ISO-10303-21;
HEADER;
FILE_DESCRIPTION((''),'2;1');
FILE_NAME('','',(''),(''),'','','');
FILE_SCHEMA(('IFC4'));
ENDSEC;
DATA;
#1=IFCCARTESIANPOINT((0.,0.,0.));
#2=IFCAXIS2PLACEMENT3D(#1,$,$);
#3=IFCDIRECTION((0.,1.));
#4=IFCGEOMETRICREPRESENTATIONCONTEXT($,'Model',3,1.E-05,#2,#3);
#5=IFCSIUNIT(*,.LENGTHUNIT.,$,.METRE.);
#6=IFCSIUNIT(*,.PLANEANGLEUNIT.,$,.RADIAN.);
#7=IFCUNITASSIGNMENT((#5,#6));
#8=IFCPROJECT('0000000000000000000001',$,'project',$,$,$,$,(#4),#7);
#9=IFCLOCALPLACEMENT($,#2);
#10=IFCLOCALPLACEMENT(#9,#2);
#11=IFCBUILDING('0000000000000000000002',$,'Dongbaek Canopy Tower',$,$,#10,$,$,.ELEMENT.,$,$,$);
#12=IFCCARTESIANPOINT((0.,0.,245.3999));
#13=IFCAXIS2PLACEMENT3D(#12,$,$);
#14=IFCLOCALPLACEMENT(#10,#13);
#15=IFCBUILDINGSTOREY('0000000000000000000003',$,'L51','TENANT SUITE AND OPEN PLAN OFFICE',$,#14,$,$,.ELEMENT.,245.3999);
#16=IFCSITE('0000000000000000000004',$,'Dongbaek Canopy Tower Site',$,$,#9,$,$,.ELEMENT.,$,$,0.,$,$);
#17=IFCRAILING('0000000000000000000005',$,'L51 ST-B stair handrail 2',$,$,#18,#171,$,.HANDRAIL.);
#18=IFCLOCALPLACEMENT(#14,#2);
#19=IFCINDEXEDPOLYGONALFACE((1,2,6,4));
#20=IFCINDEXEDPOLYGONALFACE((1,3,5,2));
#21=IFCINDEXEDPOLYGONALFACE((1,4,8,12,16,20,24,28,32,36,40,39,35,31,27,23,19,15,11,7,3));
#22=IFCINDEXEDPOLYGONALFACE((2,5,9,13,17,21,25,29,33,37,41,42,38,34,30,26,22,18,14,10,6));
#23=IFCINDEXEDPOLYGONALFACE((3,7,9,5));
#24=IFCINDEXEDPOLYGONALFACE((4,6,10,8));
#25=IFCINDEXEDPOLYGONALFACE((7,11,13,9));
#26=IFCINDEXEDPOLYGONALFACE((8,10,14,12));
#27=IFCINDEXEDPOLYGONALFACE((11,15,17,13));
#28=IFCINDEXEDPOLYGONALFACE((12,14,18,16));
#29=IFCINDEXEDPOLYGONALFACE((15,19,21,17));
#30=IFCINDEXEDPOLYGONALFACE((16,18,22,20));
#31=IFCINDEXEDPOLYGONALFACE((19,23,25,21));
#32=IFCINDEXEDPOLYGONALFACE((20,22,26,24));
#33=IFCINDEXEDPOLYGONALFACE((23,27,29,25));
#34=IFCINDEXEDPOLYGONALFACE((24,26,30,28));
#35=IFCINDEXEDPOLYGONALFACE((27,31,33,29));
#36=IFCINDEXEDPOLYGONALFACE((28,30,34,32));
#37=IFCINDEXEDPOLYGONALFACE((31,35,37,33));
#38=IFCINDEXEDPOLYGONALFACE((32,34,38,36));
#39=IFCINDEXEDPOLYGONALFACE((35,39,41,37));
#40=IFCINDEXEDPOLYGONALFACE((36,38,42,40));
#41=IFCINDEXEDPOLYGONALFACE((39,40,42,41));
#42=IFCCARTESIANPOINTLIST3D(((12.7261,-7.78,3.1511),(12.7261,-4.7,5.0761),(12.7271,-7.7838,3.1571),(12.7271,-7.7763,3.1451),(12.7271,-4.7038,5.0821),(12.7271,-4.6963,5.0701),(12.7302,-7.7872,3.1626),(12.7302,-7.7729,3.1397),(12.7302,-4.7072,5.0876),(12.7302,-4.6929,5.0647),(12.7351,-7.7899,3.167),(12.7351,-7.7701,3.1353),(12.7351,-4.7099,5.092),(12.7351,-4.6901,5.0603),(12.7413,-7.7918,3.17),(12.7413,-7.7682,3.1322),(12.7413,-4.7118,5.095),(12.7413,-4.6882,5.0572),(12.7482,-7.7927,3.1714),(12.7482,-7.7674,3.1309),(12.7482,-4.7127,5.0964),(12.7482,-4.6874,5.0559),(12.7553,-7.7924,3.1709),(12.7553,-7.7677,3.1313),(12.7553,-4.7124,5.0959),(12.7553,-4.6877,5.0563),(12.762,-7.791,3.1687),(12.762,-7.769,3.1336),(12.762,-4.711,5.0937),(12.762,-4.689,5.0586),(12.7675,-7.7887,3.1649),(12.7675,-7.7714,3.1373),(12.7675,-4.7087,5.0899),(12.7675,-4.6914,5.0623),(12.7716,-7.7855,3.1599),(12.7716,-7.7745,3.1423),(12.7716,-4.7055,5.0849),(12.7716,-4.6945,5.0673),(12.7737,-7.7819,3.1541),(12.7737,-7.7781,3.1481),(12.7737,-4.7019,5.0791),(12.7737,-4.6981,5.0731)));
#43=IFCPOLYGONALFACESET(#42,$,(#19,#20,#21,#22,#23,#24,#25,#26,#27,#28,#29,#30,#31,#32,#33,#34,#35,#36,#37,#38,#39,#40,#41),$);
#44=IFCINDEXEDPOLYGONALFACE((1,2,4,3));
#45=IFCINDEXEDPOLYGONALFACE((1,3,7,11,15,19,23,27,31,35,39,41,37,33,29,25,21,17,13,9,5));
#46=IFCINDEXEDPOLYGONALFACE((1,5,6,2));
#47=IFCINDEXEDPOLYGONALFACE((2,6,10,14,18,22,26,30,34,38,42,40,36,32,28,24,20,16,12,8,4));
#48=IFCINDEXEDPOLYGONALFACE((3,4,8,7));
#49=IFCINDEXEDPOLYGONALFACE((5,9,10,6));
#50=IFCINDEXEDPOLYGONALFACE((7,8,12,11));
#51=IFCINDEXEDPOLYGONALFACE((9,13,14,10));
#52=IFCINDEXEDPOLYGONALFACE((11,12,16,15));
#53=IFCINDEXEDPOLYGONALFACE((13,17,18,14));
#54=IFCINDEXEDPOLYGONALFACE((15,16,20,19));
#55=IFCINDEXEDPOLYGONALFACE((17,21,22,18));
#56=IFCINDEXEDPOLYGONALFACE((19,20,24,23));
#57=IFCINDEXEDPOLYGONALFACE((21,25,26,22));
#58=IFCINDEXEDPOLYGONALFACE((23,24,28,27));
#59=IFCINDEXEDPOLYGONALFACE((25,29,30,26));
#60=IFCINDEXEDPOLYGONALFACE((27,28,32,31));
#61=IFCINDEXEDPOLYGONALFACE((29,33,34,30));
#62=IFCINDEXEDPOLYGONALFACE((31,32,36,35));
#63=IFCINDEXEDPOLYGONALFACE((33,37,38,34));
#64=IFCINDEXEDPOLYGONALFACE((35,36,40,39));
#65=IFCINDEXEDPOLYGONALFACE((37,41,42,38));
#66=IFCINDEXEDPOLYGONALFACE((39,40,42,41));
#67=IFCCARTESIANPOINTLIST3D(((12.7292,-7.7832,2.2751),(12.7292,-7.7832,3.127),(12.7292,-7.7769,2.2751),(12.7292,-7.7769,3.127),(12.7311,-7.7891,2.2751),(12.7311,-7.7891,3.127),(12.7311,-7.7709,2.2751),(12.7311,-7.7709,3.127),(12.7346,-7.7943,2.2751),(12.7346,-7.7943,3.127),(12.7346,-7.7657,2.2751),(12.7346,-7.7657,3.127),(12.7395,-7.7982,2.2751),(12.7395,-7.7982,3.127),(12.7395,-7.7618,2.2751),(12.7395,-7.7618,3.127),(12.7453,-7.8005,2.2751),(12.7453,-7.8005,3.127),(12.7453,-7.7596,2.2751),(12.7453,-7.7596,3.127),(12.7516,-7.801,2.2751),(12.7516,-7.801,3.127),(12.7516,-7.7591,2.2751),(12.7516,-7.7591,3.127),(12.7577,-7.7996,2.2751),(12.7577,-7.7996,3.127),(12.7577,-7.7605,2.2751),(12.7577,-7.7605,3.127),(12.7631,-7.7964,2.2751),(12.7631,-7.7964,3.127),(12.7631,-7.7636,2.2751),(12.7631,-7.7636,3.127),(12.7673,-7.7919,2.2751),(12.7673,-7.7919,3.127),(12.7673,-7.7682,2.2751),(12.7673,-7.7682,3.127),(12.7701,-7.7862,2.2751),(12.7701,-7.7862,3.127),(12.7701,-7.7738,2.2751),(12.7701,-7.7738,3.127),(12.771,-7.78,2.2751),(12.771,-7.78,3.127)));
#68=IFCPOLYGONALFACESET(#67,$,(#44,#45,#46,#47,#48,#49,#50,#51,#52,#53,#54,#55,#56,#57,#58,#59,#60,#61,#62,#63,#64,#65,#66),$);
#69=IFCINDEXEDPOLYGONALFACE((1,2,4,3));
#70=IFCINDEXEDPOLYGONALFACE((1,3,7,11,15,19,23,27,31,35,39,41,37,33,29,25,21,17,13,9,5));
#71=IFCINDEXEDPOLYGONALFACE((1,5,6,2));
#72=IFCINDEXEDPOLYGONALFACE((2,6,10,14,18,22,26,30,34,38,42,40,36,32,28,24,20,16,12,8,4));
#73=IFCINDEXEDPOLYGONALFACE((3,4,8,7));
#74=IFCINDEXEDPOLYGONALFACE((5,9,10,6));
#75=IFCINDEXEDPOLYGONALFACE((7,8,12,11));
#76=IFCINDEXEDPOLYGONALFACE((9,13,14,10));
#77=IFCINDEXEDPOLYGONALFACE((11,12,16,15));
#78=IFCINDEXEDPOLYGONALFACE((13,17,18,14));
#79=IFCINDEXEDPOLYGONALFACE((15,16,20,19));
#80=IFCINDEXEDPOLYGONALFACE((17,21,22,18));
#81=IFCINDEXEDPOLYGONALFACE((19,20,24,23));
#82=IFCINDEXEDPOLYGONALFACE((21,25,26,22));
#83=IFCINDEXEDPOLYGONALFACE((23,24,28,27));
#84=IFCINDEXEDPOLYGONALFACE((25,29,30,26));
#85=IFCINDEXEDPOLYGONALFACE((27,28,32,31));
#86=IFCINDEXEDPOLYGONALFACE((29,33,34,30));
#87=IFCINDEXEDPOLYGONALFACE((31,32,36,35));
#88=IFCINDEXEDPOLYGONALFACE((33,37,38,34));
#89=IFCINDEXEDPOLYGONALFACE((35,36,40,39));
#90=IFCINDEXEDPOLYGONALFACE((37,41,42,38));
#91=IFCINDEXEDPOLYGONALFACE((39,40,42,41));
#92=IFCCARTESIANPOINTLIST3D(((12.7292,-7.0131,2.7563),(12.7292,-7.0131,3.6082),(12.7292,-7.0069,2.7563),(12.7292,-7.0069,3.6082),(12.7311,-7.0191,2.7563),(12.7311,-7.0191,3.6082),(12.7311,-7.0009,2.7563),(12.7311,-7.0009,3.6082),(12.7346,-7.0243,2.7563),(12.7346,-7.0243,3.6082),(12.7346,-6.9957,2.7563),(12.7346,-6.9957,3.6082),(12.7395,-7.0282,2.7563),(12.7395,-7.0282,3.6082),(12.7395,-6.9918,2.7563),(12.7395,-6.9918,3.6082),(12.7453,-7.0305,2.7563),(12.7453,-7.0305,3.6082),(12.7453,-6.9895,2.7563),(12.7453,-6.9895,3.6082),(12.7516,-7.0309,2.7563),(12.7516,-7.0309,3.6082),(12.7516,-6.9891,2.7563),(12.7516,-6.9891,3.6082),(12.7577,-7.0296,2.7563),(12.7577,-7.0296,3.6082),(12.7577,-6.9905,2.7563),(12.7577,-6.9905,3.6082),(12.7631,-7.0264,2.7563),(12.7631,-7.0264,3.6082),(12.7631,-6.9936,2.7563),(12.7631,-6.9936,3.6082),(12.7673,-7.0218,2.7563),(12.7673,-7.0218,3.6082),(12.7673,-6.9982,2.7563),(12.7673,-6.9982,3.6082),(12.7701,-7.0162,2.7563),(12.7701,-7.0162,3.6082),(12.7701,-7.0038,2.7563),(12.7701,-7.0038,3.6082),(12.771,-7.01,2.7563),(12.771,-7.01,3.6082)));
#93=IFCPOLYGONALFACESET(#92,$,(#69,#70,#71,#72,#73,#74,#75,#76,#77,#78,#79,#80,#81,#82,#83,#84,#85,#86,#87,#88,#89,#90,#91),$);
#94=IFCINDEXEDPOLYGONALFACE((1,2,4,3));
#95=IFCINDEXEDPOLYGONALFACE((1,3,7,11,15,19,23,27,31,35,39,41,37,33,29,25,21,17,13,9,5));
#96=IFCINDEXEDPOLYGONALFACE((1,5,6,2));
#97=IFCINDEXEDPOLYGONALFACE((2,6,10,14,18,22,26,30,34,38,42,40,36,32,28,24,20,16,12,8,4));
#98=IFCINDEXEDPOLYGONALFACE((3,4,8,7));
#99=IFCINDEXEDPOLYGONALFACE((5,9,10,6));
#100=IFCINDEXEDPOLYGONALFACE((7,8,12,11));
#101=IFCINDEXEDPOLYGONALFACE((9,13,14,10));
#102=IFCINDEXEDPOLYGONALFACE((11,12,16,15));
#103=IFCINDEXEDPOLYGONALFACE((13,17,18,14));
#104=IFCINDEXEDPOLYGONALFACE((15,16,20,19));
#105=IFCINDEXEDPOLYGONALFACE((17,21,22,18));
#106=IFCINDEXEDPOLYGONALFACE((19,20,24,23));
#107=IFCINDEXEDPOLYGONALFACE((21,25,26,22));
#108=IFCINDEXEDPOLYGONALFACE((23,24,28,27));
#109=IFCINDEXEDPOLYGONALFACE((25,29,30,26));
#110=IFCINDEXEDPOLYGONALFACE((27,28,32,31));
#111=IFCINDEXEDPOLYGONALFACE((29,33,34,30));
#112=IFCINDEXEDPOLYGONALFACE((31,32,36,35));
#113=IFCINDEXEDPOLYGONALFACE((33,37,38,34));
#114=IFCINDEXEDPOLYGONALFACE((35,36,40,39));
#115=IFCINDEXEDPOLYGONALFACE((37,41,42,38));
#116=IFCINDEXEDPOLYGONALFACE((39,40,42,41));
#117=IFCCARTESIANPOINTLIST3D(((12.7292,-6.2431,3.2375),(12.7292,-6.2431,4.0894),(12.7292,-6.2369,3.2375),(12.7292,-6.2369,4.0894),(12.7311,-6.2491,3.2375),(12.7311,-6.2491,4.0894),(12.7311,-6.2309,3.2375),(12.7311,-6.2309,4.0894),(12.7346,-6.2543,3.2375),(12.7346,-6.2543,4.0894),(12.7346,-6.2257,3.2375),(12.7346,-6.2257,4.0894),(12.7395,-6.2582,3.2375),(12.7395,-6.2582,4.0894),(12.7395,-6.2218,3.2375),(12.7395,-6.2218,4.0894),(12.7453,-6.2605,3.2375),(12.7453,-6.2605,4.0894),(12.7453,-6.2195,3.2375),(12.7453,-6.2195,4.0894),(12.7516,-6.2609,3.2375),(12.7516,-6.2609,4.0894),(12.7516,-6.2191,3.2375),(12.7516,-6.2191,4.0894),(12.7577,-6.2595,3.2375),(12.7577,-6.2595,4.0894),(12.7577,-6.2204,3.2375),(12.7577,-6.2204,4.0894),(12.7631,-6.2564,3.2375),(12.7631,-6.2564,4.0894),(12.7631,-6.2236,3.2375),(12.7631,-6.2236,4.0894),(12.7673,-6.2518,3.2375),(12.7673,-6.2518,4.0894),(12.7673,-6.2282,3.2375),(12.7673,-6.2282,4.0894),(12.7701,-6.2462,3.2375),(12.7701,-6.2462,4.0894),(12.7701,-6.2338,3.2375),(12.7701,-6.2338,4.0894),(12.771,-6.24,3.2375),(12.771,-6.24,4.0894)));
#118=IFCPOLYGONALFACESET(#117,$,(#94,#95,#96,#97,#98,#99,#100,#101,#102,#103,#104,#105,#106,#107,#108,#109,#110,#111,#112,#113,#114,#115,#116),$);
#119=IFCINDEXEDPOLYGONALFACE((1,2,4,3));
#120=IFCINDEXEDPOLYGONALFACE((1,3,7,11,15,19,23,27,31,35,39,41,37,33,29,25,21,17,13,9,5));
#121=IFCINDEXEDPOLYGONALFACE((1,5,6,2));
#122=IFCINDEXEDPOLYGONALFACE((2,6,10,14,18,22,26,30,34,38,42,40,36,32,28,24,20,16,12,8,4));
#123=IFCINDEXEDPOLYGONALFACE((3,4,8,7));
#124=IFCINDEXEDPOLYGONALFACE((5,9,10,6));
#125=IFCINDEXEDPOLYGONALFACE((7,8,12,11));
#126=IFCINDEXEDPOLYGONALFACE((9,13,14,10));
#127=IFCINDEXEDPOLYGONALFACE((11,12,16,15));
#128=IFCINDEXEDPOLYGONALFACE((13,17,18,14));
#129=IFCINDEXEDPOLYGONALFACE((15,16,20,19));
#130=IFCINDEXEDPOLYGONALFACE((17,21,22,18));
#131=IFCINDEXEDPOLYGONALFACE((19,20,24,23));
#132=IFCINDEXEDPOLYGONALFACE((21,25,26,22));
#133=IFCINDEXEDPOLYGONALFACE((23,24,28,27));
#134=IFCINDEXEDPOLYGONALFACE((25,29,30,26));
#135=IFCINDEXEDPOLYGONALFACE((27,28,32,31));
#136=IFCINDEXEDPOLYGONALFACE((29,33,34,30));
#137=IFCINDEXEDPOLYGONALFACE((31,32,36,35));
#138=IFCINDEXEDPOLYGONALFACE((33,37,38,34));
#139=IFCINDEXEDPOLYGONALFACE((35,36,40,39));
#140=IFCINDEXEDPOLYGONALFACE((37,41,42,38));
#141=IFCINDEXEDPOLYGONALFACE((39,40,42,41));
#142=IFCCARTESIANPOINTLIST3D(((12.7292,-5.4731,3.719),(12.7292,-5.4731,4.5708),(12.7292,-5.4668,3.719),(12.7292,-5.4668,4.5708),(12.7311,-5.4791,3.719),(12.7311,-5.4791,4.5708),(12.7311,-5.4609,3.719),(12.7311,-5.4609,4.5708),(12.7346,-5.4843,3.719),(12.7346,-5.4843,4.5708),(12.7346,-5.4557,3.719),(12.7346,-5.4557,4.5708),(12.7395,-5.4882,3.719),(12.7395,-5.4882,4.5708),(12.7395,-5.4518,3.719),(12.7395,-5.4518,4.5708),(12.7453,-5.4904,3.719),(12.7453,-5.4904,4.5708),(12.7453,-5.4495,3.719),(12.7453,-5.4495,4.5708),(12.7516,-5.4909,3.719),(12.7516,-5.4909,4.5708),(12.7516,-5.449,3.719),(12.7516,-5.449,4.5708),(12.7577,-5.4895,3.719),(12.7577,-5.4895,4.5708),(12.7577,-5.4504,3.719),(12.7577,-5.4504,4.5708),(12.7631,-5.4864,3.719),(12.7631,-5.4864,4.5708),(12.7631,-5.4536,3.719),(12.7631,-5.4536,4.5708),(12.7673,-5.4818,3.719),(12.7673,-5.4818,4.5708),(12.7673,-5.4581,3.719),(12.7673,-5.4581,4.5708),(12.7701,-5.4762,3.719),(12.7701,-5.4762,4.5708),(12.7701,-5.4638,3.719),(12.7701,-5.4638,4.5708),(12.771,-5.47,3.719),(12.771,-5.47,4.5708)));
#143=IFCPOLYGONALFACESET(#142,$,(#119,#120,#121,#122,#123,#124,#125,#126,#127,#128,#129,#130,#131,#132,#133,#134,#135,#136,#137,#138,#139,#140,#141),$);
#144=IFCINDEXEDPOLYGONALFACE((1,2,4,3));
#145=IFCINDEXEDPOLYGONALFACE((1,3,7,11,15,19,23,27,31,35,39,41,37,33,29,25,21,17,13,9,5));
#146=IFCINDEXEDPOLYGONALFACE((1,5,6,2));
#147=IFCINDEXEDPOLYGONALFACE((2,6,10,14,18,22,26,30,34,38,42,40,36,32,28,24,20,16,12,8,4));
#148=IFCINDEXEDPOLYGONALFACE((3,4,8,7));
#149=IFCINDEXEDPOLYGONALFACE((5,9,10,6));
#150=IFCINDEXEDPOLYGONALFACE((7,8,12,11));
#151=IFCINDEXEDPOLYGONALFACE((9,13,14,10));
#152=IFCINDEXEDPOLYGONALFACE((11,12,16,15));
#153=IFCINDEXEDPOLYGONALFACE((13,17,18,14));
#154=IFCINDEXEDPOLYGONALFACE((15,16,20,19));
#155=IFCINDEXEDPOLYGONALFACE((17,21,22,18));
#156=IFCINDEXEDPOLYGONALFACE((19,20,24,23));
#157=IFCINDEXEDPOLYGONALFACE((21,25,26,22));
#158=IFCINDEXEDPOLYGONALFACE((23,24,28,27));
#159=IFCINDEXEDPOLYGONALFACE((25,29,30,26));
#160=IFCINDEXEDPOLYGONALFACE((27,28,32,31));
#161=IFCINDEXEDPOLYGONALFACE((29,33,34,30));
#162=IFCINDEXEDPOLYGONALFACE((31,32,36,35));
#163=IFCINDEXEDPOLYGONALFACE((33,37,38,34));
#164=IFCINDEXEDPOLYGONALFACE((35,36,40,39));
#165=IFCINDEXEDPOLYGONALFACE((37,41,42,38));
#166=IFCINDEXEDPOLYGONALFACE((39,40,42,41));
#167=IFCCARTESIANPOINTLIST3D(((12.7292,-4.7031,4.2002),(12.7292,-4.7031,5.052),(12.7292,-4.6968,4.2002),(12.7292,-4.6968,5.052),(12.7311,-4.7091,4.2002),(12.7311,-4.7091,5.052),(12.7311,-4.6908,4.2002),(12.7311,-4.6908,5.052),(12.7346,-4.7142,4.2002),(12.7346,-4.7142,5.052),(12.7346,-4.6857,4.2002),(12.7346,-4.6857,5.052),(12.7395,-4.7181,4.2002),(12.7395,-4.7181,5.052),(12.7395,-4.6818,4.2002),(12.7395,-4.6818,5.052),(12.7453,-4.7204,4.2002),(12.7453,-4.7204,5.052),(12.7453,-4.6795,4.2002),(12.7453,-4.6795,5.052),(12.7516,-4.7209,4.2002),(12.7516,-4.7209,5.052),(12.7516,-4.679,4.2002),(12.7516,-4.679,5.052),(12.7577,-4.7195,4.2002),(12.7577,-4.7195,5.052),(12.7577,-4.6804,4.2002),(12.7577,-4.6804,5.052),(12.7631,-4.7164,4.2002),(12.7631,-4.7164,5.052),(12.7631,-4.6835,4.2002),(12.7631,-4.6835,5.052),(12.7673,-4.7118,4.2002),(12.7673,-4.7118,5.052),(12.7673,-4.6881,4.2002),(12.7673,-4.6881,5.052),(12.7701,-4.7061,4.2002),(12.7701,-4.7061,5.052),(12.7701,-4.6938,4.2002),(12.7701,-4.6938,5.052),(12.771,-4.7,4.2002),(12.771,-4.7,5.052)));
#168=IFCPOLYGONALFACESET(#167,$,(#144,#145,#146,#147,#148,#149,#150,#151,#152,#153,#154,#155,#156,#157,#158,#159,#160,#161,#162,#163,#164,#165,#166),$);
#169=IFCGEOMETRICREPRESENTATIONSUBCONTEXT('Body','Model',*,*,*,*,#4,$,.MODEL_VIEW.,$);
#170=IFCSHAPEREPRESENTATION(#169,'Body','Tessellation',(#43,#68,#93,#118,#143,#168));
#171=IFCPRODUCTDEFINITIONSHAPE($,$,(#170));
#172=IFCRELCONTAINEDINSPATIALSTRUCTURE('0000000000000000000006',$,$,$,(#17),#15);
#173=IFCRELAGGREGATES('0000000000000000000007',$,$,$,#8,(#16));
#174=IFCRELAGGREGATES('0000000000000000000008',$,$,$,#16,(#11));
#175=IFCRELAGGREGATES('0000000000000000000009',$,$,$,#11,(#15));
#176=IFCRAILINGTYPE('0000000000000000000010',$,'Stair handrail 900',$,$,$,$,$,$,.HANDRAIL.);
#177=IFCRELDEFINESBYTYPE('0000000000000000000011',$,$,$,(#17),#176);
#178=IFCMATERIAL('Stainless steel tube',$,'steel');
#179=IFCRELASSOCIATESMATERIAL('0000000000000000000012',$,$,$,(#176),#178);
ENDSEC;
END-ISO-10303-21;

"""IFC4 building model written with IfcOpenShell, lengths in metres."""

from ifc_helpers import new_model, si_unit, direction, frame, origin, origin_2d, place, context, subcontext, project, spatial, circle, extrude, material, type_object, element, save


model = new_model("IFC4")

# Units and contexts
model_context = context("Model", 3, precision=1e-05, world=origin(), true_north=direction((0.0, 1.0)))
body_context = subcontext(model_context, "Body", "Model", "MODEL_VIEW")
ifc_project = project(units=[si_unit("LENGTHUNIT", "METRE"), si_unit("PLANEANGLEUNIT", "RADIAN")], contexts=[model_context])

# Site, building, storey
site_placement = place(None, origin())
site = spatial("IfcSite", under=ifc_project, at=site_placement, Name="Dongbaek Canopy Tower Site", CompositionType="ELEMENT", RefElevation=0.0)
building_placement = place(site_placement, origin())
building = spatial("IfcBuilding", under=site, at=building_placement, Name="Dongbaek Canopy Tower", CompositionType="ELEMENT")
storey_placement = place(building_placement, frame((0.0, 0.0, 245.3999)))
storey = spatial("IfcBuildingStorey", under=building, at=storey_placement, Name="L51", Description="TENANT SUITE AND OPEN PLAN OFFICE", CompositionType="ELEMENT", Elevation=245.3999)

# Railing
ifc_material_1 = material(Name="Stainless steel tube", Category="steel")
railing_type_1 = type_object("IfcRailingType", Name="Stair handrail 900", PredefinedType="HANDRAIL", material=ifc_material_1)
railing_1_placement = place(storey_placement, frame((12.75, -7.78, 2.2751)))
element("IfcRailing", 1, at=railing_1_placement, inside=storey, type_object=railing_type_1, Name="L51 ST-B stair handrail 2", PredefinedType="HANDRAIL", context=body_context, shape_type="SweptSolid", body=[
    extrude(circle(Radius=0.0239, at=origin_2d()), frame((0.0, 0.0, 0.876), z_axis=(0.0, 0.847998, 0.529999), x_axis=(-1.0, 0.0, 0.0)), (0.0, 0.0, 1.0), 3.6321),
    extrude(circle(Radius=0.021, at=origin_2d()), origin(), (0.0, 0.0, 1.0), 0.8518),
    extrude(circle(Radius=0.021, at=origin_2d()), frame((0.0, 0.77, 0.4812)), (0.0, 0.0, 1.0), 0.8518),
    extrude(circle(Radius=0.021, at=origin_2d()), frame((0.0, 1.54, 0.9624)), (0.0, 0.0, 1.0), 0.8518),
    extrude(circle(Radius=0.021, at=origin_2d()), frame((0.0, 2.3101, 1.4438)), (0.0, 0.0, 1.0), 0.8518),
    extrude(circle(Radius=0.021, at=origin_2d()), frame((0.0, 3.0801, 1.925)), (0.0, 0.0, 1.0), 0.8518),
])

save(model, "model.ifc")
